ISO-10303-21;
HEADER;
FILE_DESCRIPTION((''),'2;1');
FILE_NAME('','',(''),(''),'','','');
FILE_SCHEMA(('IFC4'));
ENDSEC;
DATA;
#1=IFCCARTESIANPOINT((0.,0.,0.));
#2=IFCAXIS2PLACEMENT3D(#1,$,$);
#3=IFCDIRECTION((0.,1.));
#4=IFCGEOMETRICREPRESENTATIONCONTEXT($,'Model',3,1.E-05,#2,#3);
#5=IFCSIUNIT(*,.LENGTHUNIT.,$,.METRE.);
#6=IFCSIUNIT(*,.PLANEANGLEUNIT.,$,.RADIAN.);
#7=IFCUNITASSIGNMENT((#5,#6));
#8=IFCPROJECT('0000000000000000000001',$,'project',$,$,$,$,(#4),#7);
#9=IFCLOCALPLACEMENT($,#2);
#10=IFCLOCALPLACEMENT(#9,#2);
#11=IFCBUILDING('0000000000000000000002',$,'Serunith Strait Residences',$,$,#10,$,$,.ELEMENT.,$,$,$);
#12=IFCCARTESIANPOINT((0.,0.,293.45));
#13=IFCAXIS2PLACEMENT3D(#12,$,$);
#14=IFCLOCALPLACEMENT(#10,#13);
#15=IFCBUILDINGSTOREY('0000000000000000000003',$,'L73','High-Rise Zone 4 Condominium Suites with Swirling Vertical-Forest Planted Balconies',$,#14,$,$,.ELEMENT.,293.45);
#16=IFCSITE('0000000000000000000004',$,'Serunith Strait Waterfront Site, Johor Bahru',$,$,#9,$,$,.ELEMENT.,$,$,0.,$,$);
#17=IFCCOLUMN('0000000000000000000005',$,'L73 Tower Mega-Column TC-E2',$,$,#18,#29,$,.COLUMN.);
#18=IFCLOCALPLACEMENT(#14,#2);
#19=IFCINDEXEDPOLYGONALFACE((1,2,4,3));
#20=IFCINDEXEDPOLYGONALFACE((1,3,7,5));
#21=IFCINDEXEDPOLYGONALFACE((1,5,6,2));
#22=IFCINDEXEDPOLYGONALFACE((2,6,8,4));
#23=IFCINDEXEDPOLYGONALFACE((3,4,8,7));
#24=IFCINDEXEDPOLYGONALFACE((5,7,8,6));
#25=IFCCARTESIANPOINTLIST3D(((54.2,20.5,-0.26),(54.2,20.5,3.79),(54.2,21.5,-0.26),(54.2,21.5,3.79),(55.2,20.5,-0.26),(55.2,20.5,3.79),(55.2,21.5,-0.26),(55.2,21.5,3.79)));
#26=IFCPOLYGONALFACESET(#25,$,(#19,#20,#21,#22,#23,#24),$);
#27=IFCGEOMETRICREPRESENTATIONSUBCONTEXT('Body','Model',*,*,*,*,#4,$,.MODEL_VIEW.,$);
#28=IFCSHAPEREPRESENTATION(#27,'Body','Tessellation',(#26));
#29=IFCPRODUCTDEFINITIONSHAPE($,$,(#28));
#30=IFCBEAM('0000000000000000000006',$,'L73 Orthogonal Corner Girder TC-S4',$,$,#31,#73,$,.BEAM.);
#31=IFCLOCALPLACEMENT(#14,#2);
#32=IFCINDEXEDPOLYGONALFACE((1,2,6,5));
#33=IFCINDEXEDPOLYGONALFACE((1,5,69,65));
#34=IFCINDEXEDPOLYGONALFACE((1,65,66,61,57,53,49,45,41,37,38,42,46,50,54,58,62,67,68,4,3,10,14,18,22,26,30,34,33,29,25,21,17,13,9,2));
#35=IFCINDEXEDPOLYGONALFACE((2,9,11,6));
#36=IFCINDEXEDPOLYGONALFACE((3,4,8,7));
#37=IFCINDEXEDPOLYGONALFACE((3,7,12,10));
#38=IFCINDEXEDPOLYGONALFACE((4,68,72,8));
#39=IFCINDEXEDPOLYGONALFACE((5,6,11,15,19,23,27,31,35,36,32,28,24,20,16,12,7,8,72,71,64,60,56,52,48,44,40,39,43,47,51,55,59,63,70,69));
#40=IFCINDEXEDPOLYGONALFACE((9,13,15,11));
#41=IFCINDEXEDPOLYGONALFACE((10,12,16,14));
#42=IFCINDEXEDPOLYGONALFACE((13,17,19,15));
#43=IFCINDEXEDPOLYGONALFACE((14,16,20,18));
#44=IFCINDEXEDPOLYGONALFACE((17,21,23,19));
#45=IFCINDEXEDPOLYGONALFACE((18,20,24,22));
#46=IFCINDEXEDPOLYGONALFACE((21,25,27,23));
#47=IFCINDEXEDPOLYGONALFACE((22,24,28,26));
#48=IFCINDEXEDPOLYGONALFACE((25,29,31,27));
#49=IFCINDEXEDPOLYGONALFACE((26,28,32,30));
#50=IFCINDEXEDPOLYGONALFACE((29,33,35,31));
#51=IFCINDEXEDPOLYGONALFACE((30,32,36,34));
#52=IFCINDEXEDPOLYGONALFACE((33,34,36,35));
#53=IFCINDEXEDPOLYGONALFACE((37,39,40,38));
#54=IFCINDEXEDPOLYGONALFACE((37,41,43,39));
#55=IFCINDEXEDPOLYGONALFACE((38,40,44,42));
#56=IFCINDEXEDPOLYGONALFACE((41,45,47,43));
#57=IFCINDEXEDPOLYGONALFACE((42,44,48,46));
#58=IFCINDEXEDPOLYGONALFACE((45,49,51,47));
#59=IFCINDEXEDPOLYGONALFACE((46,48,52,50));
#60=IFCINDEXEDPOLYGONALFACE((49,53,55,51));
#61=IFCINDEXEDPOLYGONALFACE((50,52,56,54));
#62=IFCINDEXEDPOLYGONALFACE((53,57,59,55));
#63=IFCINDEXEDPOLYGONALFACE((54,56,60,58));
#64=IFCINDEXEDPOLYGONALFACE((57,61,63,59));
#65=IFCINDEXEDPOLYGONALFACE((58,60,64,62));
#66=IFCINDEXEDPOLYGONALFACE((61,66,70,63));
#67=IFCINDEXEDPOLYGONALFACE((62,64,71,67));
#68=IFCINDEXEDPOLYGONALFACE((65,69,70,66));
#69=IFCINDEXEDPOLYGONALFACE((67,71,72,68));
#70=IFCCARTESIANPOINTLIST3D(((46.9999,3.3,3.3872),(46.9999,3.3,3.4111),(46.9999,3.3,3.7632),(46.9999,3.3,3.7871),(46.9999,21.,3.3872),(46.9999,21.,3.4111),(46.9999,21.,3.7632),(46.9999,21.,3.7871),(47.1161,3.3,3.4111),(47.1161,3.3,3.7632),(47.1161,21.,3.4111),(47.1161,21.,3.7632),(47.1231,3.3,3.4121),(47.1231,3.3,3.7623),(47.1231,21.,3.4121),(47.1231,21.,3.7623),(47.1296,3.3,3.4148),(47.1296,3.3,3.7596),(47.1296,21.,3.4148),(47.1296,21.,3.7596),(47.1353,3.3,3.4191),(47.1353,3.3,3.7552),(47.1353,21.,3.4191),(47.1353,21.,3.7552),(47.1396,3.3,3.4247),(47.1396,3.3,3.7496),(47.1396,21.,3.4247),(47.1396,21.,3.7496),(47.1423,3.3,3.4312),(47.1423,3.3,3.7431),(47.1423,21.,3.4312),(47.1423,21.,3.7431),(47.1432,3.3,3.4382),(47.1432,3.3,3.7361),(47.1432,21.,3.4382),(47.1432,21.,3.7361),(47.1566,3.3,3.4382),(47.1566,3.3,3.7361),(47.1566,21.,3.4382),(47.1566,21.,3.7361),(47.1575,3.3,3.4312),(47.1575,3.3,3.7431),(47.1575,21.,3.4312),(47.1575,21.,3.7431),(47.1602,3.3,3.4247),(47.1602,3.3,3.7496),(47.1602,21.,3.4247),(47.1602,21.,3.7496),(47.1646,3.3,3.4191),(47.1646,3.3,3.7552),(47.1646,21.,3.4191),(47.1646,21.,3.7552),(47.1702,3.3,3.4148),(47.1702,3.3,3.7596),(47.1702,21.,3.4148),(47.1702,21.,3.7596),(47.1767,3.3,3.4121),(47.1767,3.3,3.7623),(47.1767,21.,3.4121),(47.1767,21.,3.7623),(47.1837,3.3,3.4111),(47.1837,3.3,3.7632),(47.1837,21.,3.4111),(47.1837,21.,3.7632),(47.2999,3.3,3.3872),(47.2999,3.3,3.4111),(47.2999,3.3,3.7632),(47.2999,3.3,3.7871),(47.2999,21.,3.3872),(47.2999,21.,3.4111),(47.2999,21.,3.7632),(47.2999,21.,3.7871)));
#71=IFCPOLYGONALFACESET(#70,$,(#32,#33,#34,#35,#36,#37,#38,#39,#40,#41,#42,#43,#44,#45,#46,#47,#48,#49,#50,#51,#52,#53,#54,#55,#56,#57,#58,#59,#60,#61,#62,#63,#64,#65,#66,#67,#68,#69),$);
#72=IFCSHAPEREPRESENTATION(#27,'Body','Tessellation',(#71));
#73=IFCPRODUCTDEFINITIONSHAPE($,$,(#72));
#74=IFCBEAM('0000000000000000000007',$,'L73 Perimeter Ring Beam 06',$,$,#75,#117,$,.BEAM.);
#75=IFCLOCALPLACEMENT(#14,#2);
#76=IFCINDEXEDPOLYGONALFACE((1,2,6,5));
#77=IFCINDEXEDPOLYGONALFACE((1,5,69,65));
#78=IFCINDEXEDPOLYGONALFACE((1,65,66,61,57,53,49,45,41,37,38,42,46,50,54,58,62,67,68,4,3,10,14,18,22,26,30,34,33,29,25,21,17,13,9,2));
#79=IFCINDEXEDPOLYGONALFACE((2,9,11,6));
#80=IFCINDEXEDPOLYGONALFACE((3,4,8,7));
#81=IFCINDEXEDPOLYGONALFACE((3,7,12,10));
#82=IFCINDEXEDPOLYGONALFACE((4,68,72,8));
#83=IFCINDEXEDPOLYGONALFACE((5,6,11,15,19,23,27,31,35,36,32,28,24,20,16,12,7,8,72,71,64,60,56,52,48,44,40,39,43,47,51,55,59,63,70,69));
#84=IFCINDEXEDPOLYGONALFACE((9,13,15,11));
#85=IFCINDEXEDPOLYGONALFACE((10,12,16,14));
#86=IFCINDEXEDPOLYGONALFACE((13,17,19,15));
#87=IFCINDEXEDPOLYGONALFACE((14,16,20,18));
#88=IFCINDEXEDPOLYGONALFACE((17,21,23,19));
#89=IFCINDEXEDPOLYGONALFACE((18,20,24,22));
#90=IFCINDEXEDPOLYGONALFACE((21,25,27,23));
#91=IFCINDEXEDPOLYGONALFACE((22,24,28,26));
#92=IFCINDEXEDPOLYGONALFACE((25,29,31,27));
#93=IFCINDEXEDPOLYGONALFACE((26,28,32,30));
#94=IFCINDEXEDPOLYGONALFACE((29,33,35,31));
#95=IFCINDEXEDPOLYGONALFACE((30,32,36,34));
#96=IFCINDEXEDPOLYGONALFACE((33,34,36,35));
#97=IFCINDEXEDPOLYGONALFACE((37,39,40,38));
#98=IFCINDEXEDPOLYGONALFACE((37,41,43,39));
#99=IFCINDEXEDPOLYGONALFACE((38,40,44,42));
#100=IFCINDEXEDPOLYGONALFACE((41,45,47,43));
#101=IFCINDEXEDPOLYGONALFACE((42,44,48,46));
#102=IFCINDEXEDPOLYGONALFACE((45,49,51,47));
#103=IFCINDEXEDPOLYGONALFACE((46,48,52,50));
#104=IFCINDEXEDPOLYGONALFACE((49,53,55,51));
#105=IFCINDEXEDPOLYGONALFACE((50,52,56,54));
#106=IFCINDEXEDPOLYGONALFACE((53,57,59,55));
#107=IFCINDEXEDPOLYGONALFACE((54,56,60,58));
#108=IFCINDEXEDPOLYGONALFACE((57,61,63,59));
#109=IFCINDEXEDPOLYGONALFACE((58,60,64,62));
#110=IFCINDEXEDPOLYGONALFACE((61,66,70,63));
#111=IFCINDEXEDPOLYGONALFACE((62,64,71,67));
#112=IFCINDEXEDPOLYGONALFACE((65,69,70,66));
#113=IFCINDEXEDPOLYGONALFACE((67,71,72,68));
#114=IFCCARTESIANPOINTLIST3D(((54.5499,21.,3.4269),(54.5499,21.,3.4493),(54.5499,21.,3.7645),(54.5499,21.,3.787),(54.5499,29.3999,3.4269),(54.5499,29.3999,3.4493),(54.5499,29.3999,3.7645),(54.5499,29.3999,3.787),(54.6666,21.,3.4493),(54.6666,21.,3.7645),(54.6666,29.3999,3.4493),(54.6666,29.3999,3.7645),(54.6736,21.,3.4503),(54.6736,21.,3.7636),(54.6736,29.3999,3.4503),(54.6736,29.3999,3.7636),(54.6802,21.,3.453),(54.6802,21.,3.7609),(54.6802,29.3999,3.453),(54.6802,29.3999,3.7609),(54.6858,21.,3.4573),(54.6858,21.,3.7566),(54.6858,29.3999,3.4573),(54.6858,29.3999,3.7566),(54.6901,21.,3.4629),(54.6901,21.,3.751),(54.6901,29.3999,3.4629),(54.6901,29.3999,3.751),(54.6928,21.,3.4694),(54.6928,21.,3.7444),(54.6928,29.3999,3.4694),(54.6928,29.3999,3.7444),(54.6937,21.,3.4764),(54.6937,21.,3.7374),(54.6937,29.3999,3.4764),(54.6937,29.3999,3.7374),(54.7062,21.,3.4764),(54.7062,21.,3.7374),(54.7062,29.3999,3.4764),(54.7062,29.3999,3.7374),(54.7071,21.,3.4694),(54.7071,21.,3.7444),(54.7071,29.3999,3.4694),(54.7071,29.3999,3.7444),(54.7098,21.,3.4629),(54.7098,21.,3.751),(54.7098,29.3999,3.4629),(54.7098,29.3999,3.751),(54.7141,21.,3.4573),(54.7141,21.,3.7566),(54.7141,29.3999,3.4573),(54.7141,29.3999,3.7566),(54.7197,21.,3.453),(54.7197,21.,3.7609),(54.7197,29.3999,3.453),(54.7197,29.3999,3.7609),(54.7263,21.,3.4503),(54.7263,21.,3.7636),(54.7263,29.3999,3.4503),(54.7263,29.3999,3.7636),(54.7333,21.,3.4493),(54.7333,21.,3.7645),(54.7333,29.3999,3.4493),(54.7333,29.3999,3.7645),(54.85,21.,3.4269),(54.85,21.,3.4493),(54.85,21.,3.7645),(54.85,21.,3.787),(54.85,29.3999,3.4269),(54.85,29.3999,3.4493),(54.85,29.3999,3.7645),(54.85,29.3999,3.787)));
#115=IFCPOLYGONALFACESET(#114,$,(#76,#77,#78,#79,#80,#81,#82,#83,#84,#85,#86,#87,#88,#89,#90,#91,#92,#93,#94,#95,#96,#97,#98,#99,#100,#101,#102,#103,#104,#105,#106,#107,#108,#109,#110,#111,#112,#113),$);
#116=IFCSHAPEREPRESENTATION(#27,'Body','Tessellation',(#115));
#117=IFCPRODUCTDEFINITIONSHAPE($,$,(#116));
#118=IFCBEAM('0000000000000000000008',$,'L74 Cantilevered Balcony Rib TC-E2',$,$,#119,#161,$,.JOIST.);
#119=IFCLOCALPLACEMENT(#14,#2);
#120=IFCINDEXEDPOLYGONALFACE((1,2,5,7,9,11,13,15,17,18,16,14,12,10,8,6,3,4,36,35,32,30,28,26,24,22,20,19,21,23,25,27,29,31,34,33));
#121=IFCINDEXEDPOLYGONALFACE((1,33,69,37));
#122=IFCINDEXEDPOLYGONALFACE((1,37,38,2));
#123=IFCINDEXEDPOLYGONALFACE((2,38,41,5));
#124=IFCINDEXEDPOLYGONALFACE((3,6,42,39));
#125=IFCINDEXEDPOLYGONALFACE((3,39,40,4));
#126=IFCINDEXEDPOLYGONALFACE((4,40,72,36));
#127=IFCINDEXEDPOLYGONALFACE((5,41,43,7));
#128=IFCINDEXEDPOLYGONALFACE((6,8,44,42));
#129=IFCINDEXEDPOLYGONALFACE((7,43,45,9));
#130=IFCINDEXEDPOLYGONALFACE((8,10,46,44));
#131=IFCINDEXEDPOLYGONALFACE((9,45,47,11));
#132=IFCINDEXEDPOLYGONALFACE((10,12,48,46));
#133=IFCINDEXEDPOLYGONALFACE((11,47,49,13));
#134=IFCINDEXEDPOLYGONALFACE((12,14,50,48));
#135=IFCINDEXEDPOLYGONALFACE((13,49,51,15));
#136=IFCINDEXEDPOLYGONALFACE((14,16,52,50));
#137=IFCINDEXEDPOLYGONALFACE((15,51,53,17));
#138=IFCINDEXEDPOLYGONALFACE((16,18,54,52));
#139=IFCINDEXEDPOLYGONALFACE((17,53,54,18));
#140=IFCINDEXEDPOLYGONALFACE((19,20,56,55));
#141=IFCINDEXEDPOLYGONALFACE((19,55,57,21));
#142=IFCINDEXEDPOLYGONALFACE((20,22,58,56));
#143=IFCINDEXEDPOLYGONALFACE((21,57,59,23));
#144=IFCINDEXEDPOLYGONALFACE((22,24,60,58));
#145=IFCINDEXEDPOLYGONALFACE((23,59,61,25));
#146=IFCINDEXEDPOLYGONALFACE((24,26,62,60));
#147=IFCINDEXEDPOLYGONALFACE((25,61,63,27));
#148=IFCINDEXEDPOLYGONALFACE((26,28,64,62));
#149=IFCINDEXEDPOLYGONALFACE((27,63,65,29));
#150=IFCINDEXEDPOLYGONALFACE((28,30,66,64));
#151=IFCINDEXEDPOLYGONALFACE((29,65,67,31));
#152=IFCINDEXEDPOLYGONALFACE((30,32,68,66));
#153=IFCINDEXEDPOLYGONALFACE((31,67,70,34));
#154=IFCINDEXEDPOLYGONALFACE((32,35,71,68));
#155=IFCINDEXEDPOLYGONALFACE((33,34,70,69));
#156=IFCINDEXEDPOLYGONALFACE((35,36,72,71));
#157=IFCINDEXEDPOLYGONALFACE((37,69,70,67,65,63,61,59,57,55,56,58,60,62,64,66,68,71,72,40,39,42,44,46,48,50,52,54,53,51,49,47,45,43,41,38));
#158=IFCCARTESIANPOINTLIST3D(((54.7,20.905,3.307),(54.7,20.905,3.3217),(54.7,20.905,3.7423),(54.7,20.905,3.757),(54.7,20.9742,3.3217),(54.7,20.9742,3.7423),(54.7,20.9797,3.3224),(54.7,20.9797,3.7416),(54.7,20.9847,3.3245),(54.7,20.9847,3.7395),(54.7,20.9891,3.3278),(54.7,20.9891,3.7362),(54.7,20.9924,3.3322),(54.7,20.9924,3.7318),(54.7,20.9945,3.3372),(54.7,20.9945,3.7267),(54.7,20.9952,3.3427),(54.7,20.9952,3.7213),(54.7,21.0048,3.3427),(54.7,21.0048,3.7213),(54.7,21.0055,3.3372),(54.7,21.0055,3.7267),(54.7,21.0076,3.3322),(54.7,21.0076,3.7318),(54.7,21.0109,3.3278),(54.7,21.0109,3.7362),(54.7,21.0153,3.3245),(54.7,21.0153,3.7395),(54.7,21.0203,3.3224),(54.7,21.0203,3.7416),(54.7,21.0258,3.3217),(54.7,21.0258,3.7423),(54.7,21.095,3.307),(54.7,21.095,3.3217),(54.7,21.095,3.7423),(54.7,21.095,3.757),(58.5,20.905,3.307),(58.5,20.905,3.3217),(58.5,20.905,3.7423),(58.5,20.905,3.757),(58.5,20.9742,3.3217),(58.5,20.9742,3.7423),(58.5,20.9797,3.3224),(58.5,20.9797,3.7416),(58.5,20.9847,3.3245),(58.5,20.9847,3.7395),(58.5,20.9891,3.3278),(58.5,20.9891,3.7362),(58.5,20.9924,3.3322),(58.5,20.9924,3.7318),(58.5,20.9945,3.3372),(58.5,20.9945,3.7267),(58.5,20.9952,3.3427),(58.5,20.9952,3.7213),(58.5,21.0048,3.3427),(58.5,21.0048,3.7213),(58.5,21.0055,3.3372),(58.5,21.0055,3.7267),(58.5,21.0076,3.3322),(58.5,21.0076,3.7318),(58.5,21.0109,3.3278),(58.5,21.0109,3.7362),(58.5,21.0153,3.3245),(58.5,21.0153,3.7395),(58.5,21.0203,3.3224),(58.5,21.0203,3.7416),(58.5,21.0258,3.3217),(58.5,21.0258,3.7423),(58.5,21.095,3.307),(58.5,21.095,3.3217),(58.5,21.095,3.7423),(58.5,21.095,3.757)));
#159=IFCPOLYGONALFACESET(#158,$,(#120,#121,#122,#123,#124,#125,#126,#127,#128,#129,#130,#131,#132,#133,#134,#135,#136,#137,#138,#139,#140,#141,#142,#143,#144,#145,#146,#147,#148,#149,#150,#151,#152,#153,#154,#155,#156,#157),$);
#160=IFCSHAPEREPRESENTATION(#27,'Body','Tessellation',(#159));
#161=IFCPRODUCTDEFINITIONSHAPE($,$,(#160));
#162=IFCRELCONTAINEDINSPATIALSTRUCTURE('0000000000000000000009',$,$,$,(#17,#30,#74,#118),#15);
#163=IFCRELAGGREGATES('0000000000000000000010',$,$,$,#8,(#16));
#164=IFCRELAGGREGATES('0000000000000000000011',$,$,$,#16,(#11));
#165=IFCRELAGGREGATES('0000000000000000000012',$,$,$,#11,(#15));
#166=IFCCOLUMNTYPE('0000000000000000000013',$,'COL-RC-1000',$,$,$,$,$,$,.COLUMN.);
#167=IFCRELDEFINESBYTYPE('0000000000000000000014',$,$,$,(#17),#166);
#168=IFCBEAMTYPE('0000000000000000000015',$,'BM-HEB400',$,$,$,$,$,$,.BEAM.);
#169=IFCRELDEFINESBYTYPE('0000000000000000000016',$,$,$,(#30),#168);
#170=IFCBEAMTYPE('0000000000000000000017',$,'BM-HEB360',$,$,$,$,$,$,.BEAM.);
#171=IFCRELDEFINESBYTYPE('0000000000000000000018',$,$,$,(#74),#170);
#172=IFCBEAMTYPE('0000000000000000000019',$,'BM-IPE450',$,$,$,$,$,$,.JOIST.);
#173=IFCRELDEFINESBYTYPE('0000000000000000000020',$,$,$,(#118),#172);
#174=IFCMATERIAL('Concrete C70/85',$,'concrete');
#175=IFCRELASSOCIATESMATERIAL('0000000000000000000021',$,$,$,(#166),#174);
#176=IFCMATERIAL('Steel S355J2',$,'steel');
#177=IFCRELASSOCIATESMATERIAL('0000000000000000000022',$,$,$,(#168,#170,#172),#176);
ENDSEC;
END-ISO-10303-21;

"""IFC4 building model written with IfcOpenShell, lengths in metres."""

from ifc_helpers import new_model, si_unit, direction, frame, origin, origin_2d, place, context, subcontext, project, spatial, rectangle, i_section, extrude, source, transform, mapped, material, material_profile, profile_set, type_object, element, save


model = new_model("IFC4")

# Units and contexts
model_context = context("Model", 3, precision=1e-05, world=origin(), true_north=direction((0.0, 1.0)))
body_context = subcontext(model_context, "Body", "Model", "MODEL_VIEW")
ifc_project = project(units=[si_unit("LENGTHUNIT", "METRE"), si_unit("PLANEANGLEUNIT", "RADIAN")], contexts=[model_context])

# Site, building, storey
site_placement = place(None, origin())
site = spatial("IfcSite", under=ifc_project, at=site_placement, Name="Serunith Strait Waterfront Site, Johor Bahru", CompositionType="ELEMENT", RefElevation=0.0)
building_placement = place(site_placement, origin())
building = spatial("IfcBuilding", under=site, at=building_placement, Name="Serunith Strait Residences", CompositionType="ELEMENT")
storey_placement = place(building_placement, frame((0.0, 0.0, 293.45)))
storey = spatial("IfcBuildingStorey", under=building, at=storey_placement, Name="L73", Description="High-Rise Zone 4 Condominium Suites with Swirling Vertical-Forest Planted Balconies", CompositionType="ELEMENT", Elevation=293.45)

# Column
ifc_material_1 = material(Name="Concrete C70/85", Category="concrete")
ifc_material_profile_1 = material_profile(ifc_material_1, rectangle(XDim=1.0, YDim=1.0, at=origin_2d()), Name="RC 1000x1000")
ifc_profile_set_1 = profile_set([ifc_material_profile_1], Name="Concrete C70/85")
column_type = type_object("IfcColumnType", Name="COL-RC-1000", PredefinedType="COLUMN", material=ifc_profile_set_1)
shared_shape_1 = source(origin(), body_context, "Body", "SweptSolid", [
    extrude(rectangle(XDim=1.0, YDim=1.0, at=origin_2d()), origin(), (0.0, 0.0, 1.0), 4.05),
])
column_placement = place(storey_placement, frame((54.7, 21.0, -0.26), z_axis=(0.0, 0.0, 1.0), x_axis=(1.0, 0.0, 0.0)))
element("IfcColumn", 1, at=column_placement, inside=storey, type_object=column_type, Name="L73 Tower Mega-Column TC-E2", PredefinedType="COLUMN", context=body_context, shape_type="MappedRepresentation", body=[
    mapped(shared_shape_1, transform((0.0, 0.0, 0.0), scale=1.0)),
])

# Beams
ifc_material_2 = material(Name="Steel S355J2", Category="steel")
ifc_material_profile_2 = material_profile(ifc_material_2, i_section(OverallWidth=0.3, OverallDepth=0.3999, WebThickness=0.0134, FlangeThickness=0.0239, FilletRadius=0.0271, at=origin_2d()), Name="HEB 400")
ifc_profile_set_2 = profile_set([ifc_material_profile_2], Name="Steel S355J2")
beam_type_1 = type_object("IfcBeamType", Name="BM-HEB400", PredefinedType="BEAM", material=ifc_profile_set_2)
shared_shape_2 = source(origin(), body_context, "Body", "SweptSolid", [
    extrude(i_section(OverallWidth=0.3, OverallDepth=0.3999, WebThickness=0.0134, FlangeThickness=0.0239, FilletRadius=0.0271, at=origin_2d()), origin(), (0.0, 0.0, 1.0), 17.7),
])
beam_1_placement = place(storey_placement, frame((47.1499, 21.0, 3.5872), z_axis=(0.0, -1.0, 0.0), x_axis=(1.0, 0.0, 0.0)))
element("IfcBeam", 2, at=beam_1_placement, inside=storey, type_object=beam_type_1, Name="L73 Orthogonal Corner Girder TC-S4", PredefinedType="BEAM", context=body_context, shape_type="MappedRepresentation", body=[
    mapped(shared_shape_2, transform((0.0, 0.0, 0.0), scale=1.0)),
])
ifc_material_profile_3 = material_profile(ifc_material_2, i_section(OverallWidth=0.3, OverallDepth=0.3601, WebThickness=0.0125, FlangeThickness=0.0225, FilletRadius=0.0271, at=origin_2d()), Name="HEB 360")
ifc_profile_set_3 = profile_set([ifc_material_profile_3], Name="Steel S355J2")
beam_type_2 = type_object("IfcBeamType", Name="BM-HEB360", PredefinedType="BEAM", material=ifc_profile_set_3)
shared_shape_3 = source(origin(), body_context, "Body", "SweptSolid", [
    extrude(i_section(OverallWidth=0.3, OverallDepth=0.3601, WebThickness=0.0125, FlangeThickness=0.0225, FilletRadius=0.0271, at=origin_2d()), origin(), (0.0, 0.0, 1.0), 8.3999),
])
beam_2_placement = place(storey_placement, frame((54.7, 21.0, 3.6069), z_axis=(0.0, 1.0, 0.0), x_axis=(-1.0, 0.0, 0.0)))
element("IfcBeam", 3, at=beam_2_placement, inside=storey, type_object=beam_type_2, Name="L73 Perimeter Ring Beam 06", PredefinedType="BEAM", context=body_context, shape_type="MappedRepresentation", body=[
    mapped(shared_shape_3, transform((0.0, 0.0, 0.0), scale=1.0)),
])
ifc_material_profile_4 = material_profile(ifc_material_2, i_section(OverallWidth=0.1899, OverallDepth=0.45, WebThickness=0.0095, FlangeThickness=0.0146, FilletRadius=0.021, at=origin_2d()), Name="IPE 450")
ifc_profile_set_4 = profile_set([ifc_material_profile_4], Name="Steel S355J2")
beam_type_3 = type_object("IfcBeamType", Name="BM-IPE450", PredefinedType="JOIST", material=ifc_profile_set_4)
shared_shape_4 = source(origin(), body_context, "Body", "SweptSolid", [
    extrude(i_section(OverallWidth=0.1899, OverallDepth=0.45, WebThickness=0.0095, FlangeThickness=0.0146, FilletRadius=0.021, at=origin_2d()), origin(), (0.0, 0.0, 1.0), 3.8),
])
beam_3_placement = place(storey_placement, frame((54.7, 21.0, 3.532), z_axis=(1.0, 0.0, 0.0), x_axis=(0.0, 1.0, 0.0)))
element("IfcBeam", 4, at=beam_3_placement, inside=storey, type_object=beam_type_3, Name="L74 Cantilevered Balcony Rib TC-E2", PredefinedType="JOIST", context=body_context, shape_type="MappedRepresentation", body=[
    mapped(shared_shape_4, transform((0.0, 0.0, 0.0), scale=1.0)),
])

save(model, "model.ifc")
